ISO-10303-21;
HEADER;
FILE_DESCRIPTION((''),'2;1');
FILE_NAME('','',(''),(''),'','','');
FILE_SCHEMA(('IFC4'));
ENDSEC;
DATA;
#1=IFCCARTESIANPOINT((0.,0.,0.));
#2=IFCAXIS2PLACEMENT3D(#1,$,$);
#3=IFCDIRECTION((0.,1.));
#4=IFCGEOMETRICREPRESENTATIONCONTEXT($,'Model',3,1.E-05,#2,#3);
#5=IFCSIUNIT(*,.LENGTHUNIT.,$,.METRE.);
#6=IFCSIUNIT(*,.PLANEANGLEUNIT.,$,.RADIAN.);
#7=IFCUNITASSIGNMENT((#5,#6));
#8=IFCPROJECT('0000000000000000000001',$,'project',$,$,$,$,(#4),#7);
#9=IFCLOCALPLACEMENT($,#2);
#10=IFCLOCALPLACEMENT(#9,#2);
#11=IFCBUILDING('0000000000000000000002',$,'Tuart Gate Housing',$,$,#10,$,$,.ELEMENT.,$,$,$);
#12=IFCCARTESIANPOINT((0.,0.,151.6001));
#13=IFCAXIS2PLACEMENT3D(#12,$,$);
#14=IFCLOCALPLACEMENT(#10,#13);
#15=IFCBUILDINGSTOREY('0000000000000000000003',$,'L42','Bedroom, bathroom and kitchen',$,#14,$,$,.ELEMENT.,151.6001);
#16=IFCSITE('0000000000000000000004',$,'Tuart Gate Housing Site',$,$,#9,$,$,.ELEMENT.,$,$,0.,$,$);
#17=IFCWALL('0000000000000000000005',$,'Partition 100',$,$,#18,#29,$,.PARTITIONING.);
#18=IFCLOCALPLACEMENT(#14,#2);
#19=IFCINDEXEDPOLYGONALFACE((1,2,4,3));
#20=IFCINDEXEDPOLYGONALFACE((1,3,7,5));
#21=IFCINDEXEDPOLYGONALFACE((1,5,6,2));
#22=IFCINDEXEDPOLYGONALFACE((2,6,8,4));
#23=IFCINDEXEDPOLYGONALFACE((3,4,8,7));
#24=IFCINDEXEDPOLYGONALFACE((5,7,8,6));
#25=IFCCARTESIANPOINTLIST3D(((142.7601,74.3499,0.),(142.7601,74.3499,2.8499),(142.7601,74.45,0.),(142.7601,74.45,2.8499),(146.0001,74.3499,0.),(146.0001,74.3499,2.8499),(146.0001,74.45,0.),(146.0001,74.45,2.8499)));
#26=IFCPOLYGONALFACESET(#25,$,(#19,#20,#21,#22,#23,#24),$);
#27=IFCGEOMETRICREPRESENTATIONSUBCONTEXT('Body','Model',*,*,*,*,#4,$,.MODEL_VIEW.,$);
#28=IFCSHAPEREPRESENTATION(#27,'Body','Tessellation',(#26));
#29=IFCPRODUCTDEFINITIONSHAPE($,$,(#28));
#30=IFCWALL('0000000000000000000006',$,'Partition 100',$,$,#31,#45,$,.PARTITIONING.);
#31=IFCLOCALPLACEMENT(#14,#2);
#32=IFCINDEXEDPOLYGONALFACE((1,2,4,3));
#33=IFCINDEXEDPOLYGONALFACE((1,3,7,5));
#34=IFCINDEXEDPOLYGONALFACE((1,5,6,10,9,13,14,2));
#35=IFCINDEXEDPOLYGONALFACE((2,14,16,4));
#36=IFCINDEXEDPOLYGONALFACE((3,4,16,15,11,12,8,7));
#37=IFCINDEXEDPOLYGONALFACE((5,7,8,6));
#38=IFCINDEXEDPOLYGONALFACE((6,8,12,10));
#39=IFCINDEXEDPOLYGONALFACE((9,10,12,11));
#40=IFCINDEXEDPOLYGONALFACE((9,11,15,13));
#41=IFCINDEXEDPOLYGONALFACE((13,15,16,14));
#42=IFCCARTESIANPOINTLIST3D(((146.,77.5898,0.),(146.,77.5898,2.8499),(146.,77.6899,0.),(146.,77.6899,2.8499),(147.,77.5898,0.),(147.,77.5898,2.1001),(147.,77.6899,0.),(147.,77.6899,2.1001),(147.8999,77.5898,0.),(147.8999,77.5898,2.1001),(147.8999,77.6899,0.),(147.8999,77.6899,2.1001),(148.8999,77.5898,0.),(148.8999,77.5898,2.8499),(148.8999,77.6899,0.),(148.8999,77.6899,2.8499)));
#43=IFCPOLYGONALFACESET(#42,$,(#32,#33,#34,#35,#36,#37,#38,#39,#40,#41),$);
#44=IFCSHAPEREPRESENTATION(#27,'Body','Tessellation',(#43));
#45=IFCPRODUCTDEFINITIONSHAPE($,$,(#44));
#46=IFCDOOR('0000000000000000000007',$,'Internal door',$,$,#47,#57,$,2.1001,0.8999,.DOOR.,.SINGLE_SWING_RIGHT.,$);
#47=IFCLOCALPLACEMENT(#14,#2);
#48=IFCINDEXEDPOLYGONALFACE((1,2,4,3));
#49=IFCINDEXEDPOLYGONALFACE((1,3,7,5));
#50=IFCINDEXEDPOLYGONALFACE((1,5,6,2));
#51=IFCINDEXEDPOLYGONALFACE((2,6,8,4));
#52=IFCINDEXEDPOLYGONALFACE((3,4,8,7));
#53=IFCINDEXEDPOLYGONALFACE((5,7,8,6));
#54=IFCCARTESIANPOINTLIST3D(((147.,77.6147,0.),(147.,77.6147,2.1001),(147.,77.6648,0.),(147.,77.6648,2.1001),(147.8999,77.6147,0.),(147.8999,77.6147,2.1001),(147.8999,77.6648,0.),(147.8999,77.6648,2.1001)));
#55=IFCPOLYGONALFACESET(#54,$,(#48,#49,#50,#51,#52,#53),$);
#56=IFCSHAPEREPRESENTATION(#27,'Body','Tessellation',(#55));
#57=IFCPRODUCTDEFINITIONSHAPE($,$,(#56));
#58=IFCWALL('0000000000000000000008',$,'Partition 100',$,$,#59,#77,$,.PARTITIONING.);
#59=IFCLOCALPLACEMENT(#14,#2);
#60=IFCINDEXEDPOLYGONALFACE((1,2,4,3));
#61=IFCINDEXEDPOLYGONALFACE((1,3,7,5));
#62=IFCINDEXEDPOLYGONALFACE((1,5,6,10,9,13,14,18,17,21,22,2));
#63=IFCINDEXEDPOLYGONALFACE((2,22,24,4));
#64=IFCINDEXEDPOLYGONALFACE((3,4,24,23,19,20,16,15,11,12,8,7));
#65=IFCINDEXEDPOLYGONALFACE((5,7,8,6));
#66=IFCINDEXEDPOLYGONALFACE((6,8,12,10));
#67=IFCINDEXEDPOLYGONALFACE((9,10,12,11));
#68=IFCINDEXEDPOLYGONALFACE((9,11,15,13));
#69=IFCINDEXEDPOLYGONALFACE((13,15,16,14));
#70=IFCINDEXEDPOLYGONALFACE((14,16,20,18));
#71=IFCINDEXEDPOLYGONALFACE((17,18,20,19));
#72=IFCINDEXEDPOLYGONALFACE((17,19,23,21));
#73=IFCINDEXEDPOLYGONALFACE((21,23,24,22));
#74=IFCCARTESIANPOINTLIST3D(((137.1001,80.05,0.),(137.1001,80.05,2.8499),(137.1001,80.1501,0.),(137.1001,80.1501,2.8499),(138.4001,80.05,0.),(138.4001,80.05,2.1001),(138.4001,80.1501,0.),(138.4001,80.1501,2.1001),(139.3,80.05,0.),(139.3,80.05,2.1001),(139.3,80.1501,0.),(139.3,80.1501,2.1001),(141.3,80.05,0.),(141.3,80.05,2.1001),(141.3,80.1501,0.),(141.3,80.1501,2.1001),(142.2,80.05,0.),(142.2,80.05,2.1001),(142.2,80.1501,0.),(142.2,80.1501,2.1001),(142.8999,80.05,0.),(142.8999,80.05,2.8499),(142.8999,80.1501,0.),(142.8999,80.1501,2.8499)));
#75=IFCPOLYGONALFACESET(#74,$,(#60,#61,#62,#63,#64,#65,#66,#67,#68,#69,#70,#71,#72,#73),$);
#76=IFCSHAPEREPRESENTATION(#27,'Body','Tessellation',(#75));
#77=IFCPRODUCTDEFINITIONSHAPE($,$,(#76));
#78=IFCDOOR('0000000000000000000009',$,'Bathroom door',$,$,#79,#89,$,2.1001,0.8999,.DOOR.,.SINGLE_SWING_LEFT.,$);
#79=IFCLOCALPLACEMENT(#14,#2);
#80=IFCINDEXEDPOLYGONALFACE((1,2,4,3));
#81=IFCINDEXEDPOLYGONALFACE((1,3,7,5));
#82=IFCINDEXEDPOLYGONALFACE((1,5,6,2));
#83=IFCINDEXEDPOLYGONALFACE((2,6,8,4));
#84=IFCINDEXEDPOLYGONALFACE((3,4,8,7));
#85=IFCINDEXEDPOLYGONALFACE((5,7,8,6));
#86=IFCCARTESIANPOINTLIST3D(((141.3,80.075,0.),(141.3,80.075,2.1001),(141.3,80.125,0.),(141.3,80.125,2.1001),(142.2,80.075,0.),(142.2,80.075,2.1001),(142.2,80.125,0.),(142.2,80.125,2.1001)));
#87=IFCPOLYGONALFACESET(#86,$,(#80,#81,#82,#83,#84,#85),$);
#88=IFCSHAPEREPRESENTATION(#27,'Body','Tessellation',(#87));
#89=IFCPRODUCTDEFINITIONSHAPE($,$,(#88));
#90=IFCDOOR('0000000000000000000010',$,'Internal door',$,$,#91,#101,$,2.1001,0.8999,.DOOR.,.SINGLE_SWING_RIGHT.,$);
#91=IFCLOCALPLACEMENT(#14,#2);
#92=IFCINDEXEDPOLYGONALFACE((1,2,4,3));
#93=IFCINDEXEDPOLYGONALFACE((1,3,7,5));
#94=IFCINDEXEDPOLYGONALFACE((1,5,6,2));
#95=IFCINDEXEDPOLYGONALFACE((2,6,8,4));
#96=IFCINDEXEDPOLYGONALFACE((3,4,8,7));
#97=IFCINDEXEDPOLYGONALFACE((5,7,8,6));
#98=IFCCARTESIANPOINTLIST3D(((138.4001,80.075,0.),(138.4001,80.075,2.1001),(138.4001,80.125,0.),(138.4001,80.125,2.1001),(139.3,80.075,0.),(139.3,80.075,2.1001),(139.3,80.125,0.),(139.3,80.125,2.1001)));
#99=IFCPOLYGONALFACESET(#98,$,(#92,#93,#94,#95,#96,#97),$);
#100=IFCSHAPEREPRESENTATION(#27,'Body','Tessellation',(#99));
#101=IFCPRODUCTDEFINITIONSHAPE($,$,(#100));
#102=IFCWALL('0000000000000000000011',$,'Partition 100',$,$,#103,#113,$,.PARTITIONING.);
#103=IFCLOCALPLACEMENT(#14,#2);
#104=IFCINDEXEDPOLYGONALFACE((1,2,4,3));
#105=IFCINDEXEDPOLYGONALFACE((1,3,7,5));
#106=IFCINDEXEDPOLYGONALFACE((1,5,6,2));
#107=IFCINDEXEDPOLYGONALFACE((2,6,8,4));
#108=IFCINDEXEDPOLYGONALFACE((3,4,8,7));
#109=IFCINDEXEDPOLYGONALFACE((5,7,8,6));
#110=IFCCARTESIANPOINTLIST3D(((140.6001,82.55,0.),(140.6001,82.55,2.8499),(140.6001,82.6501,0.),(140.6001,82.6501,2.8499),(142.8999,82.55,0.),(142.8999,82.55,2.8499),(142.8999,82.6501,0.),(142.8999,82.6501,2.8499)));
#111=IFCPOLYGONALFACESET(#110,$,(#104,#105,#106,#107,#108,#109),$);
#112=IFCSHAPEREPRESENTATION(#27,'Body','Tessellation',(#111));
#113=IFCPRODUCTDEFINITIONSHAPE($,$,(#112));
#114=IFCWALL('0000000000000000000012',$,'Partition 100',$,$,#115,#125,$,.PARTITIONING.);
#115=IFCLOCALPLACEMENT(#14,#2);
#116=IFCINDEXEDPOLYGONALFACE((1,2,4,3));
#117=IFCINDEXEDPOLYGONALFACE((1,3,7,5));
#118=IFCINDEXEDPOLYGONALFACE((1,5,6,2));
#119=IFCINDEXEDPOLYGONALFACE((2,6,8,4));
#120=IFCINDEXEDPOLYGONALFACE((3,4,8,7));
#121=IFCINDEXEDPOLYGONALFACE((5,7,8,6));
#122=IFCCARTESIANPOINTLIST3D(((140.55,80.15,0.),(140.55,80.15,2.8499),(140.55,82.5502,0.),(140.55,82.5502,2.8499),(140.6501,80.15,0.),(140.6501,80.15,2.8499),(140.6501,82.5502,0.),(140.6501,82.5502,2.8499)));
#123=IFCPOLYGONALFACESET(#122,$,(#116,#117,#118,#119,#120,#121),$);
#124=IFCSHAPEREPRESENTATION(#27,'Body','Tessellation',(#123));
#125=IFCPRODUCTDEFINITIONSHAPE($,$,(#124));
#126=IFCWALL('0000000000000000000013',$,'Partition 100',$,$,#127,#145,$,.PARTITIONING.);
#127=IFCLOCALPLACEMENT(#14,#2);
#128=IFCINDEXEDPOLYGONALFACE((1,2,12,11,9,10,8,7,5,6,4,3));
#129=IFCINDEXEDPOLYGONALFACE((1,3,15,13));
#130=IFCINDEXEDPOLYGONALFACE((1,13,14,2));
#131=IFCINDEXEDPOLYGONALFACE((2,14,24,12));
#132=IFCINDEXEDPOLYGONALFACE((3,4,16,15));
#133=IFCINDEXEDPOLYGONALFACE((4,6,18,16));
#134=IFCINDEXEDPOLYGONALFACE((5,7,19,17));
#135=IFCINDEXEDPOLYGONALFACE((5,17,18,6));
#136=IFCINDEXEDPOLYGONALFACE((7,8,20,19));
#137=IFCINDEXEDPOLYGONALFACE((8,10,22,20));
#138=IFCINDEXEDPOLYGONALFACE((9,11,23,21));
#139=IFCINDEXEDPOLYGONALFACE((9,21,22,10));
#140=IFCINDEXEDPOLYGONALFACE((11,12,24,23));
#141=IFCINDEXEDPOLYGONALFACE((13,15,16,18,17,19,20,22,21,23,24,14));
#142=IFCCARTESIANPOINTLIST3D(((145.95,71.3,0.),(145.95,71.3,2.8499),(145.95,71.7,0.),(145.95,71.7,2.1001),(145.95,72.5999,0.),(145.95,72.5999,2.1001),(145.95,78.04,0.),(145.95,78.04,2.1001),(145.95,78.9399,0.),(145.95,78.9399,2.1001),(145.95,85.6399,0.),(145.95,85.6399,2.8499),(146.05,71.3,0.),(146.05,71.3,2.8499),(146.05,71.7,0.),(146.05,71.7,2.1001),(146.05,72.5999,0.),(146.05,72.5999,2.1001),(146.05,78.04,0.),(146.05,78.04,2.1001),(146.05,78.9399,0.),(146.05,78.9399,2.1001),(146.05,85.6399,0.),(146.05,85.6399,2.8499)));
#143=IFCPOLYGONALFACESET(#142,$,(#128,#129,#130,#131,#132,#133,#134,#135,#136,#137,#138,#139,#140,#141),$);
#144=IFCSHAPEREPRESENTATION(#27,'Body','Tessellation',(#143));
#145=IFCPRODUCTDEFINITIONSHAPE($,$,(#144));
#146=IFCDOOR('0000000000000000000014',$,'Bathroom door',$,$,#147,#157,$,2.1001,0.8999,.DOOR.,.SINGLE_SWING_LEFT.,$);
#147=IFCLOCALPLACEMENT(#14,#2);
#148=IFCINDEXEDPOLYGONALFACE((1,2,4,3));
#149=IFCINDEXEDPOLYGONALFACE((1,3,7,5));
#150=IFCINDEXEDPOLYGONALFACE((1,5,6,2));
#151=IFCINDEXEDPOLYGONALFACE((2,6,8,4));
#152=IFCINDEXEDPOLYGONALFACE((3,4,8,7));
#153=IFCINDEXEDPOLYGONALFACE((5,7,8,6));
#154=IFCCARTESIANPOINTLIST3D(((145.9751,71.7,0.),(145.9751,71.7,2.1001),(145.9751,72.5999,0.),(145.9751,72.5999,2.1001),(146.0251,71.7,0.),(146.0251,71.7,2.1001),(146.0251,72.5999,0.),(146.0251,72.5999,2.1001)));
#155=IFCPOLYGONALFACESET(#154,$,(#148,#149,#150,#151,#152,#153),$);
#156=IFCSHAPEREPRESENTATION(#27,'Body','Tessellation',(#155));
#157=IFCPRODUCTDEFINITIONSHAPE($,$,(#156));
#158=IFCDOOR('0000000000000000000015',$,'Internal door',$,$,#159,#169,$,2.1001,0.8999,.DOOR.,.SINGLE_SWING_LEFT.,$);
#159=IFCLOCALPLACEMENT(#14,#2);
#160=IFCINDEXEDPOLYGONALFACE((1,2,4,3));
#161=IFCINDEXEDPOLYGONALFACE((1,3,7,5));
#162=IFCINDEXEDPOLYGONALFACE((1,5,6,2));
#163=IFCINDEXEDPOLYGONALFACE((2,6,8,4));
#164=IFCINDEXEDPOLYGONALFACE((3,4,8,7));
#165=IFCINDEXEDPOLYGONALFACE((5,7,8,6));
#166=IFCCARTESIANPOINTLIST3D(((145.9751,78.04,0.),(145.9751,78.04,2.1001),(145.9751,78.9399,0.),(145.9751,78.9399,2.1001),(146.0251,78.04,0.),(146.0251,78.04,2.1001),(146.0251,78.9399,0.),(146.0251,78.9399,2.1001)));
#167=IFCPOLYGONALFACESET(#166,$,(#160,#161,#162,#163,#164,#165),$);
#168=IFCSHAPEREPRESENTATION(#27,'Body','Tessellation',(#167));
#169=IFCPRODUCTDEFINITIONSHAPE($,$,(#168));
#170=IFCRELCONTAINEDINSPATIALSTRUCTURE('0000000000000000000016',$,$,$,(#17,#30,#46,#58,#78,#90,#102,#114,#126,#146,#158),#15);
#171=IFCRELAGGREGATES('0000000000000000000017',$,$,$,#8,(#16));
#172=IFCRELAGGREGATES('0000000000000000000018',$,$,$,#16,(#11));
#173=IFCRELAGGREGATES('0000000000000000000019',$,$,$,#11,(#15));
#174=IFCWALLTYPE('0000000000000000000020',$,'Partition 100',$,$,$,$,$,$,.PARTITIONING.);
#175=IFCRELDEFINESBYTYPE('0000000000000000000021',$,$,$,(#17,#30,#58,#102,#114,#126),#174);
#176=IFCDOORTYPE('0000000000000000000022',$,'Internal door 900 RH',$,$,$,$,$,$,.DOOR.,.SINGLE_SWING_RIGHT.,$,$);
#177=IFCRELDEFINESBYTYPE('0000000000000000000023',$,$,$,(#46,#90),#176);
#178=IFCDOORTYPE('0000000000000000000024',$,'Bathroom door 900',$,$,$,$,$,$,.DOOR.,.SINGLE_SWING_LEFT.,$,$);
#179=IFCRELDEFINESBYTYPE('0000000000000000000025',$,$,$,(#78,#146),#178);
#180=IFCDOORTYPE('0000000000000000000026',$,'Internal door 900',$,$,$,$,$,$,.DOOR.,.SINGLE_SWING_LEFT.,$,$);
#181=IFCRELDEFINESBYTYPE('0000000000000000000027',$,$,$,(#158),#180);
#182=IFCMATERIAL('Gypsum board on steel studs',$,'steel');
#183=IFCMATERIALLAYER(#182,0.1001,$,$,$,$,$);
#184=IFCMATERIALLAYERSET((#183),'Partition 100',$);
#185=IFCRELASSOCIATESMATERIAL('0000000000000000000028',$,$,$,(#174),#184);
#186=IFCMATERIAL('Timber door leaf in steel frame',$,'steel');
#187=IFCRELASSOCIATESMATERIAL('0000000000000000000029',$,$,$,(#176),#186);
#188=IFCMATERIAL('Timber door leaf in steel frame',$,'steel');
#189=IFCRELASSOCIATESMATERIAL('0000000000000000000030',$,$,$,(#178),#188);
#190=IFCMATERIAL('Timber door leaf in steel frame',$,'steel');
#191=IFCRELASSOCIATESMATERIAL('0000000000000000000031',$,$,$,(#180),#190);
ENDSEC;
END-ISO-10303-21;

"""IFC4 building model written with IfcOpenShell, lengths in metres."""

from ifc_helpers import new_model, si_unit, direction, frame, frame_2d, origin, place, context, subcontext, project, spatial, rectangle, extrude, material, layer, layer_set, type_object, element, fill, save


model = new_model("IFC4")

# Units and contexts
model_context = context("Model", 3, precision=1e-05, world=origin(), true_north=direction((0.0, 1.0)))
body_context = subcontext(model_context, "Body", "Model", "MODEL_VIEW")
ifc_project = project(units=[si_unit("LENGTHUNIT", "METRE"), si_unit("PLANEANGLEUNIT", "RADIAN")], contexts=[model_context])

# Site, building, storey
site_placement = place(None, origin())
site = spatial("IfcSite", under=ifc_project, at=site_placement, Name="Tuart Gate Housing Site", CompositionType="ELEMENT", RefElevation=0.0)
building_placement = place(site_placement, origin())
building = spatial("IfcBuilding", under=site, at=building_placement, Name="Tuart Gate Housing", CompositionType="ELEMENT")
storey_placement = place(building_placement, frame((0.0, 0.0, 151.6001)))
storey = spatial("IfcBuildingStorey", under=building, at=storey_placement, Name="L42", Description="Bedroom, bathroom and kitchen", CompositionType="ELEMENT", Elevation=151.6001)

# Wall
ifc_material_1 = material(Name="Gypsum board on steel studs", Category="steel")
ifc_layer_1 = layer(ifc_material_1, 0.1001)
ifc_layer_set_1 = layer_set([ifc_layer_1], Name="Partition 100")
wall_type_1 = type_object("IfcWallType", Name="Partition 100", PredefinedType="PARTITIONING", material=ifc_layer_set_1)
wall_1_placement = place(storey_placement, frame((142.76, 74.3999, 0.0), z_axis=(0.0, 0.0, 1.0), x_axis=(1.0, 0.0, 0.0)))
element("IfcWall", 1, at=wall_1_placement, inside=storey, type_object=wall_type_1, Name="Partition 100", PredefinedType="PARTITIONING", context=body_context, shape_type="SweptSolid", body=[
    extrude(rectangle(XDim=3.24, YDim=0.1001, at=frame_2d((1.6201, 0.0))), origin(), (0.0, 0.0, 1.0), 2.8499),
])

# Wall, opening, door
wall_2_placement = place(storey_placement, frame((146.0, 77.6399, 0.0), z_axis=(0.0, 0.0, 1.0), x_axis=(1.0, 0.0, 0.0)))
wall_2 = element("IfcWall", 2, at=wall_2_placement, inside=storey, type_object=wall_type_1, Name="Partition 100", PredefinedType="PARTITIONING", context=body_context, shape_type="SweptSolid", body=[
    extrude(rectangle(XDim=2.8999, YDim=0.1001, at=frame_2d((1.45, 0.0))), origin(), (0.0, 0.0, 1.0), 2.8499),
])
opening_1_placement = place(wall_2_placement, frame((1.0, 0.0, 0.0)))
opening_1 = element("IfcOpeningElement", 3, at=opening_1_placement, cuts=wall_2, PredefinedType="OPENING", context=body_context, shape_type="SweptSolid", body=[
    extrude(rectangle(XDim=0.8999, YDim=2.1001, at=frame_2d((0.45, 1.05))), frame((0.0, 0.0601, 0.0), z_axis=(0.0, -1.0, 0.0), x_axis=(1.0, 0.0, 0.0)), (0.0, 0.0, 1.0), 0.1201),
])
ifc_material_2 = material(Name="Timber door leaf in steel frame", Category="steel")
door_type_1 = type_object("IfcDoorType", Name="Internal door 900 RH", OperationType="SINGLE_SWING_RIGHT", PredefinedType="DOOR", material=ifc_material_2)
door_1_placement = place(opening_1_placement, frame((0.8999, 0.0, 0.0), z_axis=(0.0, 0.0, 1.0), x_axis=(-1.0, 0.0, 0.0)))
door_1 = element("IfcDoor", 4, at=door_1_placement, inside=storey, type_object=door_type_1, Name="Internal door", OperationType="SINGLE_SWING_RIGHT", OverallHeight=2.1001, OverallWidth=0.8999, PredefinedType="DOOR", context=body_context, shape_type="SweptSolid", body=[
    extrude(rectangle(XDim=0.8999, YDim=2.1001, at=frame_2d((0.45, 1.05))), frame((0.0, 0.0251, 0.0), z_axis=(0.0, -1.0, 0.0), x_axis=(1.0, 0.0, 0.0)), (0.0, 0.0, 1.0), 0.05),
])
fill(opening_1, door_1)

# Wall, openings, doors
wall_3_placement = place(storey_placement, frame((137.1001, 80.1001, 0.0), z_axis=(0.0, 0.0, 1.0), x_axis=(1.0, 0.0, 0.0)))
wall_3 = element("IfcWall", 5, at=wall_3_placement, inside=storey, type_object=wall_type_1, Name="Partition 100", PredefinedType="PARTITIONING", context=body_context, shape_type="SweptSolid", body=[
    extrude(rectangle(XDim=5.7998, YDim=0.1001, at=frame_2d((2.8999, 0.0))), origin(), (0.0, 0.0, 1.0), 2.8499),
])
opening_2_placement = place(wall_3_placement, frame((1.3, 0.0, 0.0)))
opening_2 = element("IfcOpeningElement", 6, at=opening_2_placement, cuts=wall_3, PredefinedType="OPENING", context=body_context, shape_type="SweptSolid", body=[
    extrude(rectangle(XDim=0.8999, YDim=2.1001, at=frame_2d((0.45, 1.05))), frame((0.0, 0.0601, 0.0), z_axis=(0.0, -1.0, 0.0), x_axis=(1.0, 0.0, 0.0)), (0.0, 0.0, 1.0), 0.1201),
])
opening_3_placement = place(wall_3_placement, frame((4.2, 0.0, 0.0)))
opening_3 = element("IfcOpeningElement", 7, at=opening_3_placement, cuts=wall_3, PredefinedType="OPENING", context=body_context, shape_type="SweptSolid", body=[
    extrude(rectangle(XDim=0.8999, YDim=2.1001, at=frame_2d((0.45, 1.05))), frame((0.0, 0.0601, 0.0), z_axis=(0.0, -1.0, 0.0), x_axis=(1.0, 0.0, 0.0)), (0.0, 0.0, 1.0), 0.1201),
])
ifc_material_3 = material(Name="Timber door leaf in steel frame", Category="steel")
door_type_2 = type_object("IfcDoorType", Name="Bathroom door 900", OperationType="SINGLE_SWING_LEFT", PredefinedType="DOOR", material=ifc_material_3)
door_2_placement = place(opening_3_placement, origin())
door_2 = element("IfcDoor", 8, at=door_2_placement, inside=storey, type_object=door_type_2, Name="Bathroom door", OperationType="SINGLE_SWING_LEFT", OverallHeight=2.1001, OverallWidth=0.8999, PredefinedType="DOOR", context=body_context, shape_type="SweptSolid", body=[
    extrude(rectangle(XDim=0.8999, YDim=2.1001, at=frame_2d((0.45, 1.05))), frame((0.0, 0.0249, 0.0), z_axis=(0.0, -1.0, 0.0), x_axis=(1.0, 0.0, 0.0)), (0.0, 0.0, 1.0), 0.05),
])
fill(opening_3, door_2)
door_3_placement = place(opening_2_placement, frame((0.8999, 0.0, 0.0), z_axis=(0.0, 0.0, 1.0), x_axis=(-1.0, 0.0, 0.0)))
door_3 = element("IfcDoor", 9, at=door_3_placement, inside=storey, type_object=door_type_1, Name="Internal door", OperationType="SINGLE_SWING_RIGHT", OverallHeight=2.1001, OverallWidth=0.8999, PredefinedType="DOOR", context=body_context, shape_type="SweptSolid", body=[
    extrude(rectangle(XDim=0.8999, YDim=2.1001, at=frame_2d((0.45, 1.05))), frame((0.0, 0.0251, 0.0), z_axis=(0.0, -1.0, 0.0), x_axis=(1.0, 0.0, 0.0)), (0.0, 0.0, 1.0), 0.05),
])
fill(opening_2, door_3)

# Walls
wall_4_placement = place(storey_placement, frame((140.6001, 82.6001, 0.0), z_axis=(0.0, 0.0, 1.0), x_axis=(1.0, 0.0, 0.0)))
element("IfcWall", 10, at=wall_4_placement, inside=storey, type_object=wall_type_1, Name="Partition 100", PredefinedType="PARTITIONING", context=body_context, shape_type="SweptSolid", body=[
    extrude(rectangle(XDim=2.2998, YDim=0.1001, at=frame_2d((1.1499, 0.0))), origin(), (0.0, 0.0, 1.0), 2.8499),
])
wall_5_placement = place(storey_placement, frame((140.6001, 80.1499, 0.0), z_axis=(0.0, 0.0, 1.0), x_axis=(0.0, 1.0, 0.0)))
element("IfcWall", 11, at=wall_5_placement, inside=storey, type_object=wall_type_1, Name="Partition 100", PredefinedType="PARTITIONING", context=body_context, shape_type="SweptSolid", body=[
    extrude(rectangle(XDim=2.4001, YDim=0.1001, at=frame_2d((1.2002, 0.0))), origin(), (0.0, 0.0, 1.0), 2.8499),
])

# Wall, openings, doors
wall_6_placement = place(storey_placement, frame((146.0, 71.3, 0.0), z_axis=(0.0, 0.0, 1.0), x_axis=(0.0, 1.0, 0.0)))
wall_6 = element("IfcWall", 12, at=wall_6_placement, inside=storey, type_object=wall_type_1, Name="Partition 100", PredefinedType="PARTITIONING", context=body_context, shape_type="SweptSolid", body=[
    extrude(rectangle(XDim=14.3398, YDim=0.1001, at=frame_2d((7.1699, 0.0))), origin(), (0.0, 0.0, 1.0), 2.8499),
])
opening_4_placement = place(wall_6_placement, frame((6.74, 0.0, 0.0)))
opening_4 = element("IfcOpeningElement", 13, at=opening_4_placement, cuts=wall_6, PredefinedType="OPENING", context=body_context, shape_type="SweptSolid", body=[
    extrude(rectangle(XDim=0.8999, YDim=2.1001, at=frame_2d((0.45, 1.05))), frame((0.0, 0.0601, 0.0), z_axis=(0.0, -1.0, 0.0), x_axis=(1.0, 0.0, 0.0)), (0.0, 0.0, 1.0), 0.1201),
])
opening_5_placement = place(wall_6_placement, frame((0.3999, 0.0, 0.0)))
opening_5 = element("IfcOpeningElement", 14, at=opening_5_placement, cuts=wall_6, PredefinedType="OPENING", context=body_context, shape_type="SweptSolid", body=[
    extrude(rectangle(XDim=0.8999, YDim=2.1001, at=frame_2d((0.45, 1.05))), frame((0.0, 0.0601, 0.0), z_axis=(0.0, -1.0, 0.0), x_axis=(1.0, 0.0, 0.0)), (0.0, 0.0, 1.0), 0.1201),
])
door_4_placement = place(opening_5_placement, origin())
door_4 = element("IfcDoor", 15, at=door_4_placement, inside=storey, type_object=door_type_2, Name="Bathroom door", OperationType="SINGLE_SWING_LEFT", OverallHeight=2.1001, OverallWidth=0.8999, PredefinedType="DOOR", context=body_context, shape_type="SweptSolid", body=[
    extrude(rectangle(XDim=0.8999, YDim=2.1001, at=frame_2d((0.45, 1.05))), frame((0.0, 0.0249, 0.0), z_axis=(0.0, -1.0, 0.0), x_axis=(1.0, 0.0, 0.0)), (0.0, 0.0, 1.0), 0.05),
])
fill(opening_5, door_4)
ifc_material_4 = material(Name="Timber door leaf in steel frame", Category="steel")
door_type_3 = type_object("IfcDoorType", Name="Internal door 900", OperationType="SINGLE_SWING_LEFT", PredefinedType="DOOR", material=ifc_material_4)
door_5_placement = place(opening_4_placement, origin())
door_5 = element("IfcDoor", 16, at=door_5_placement, inside=storey, type_object=door_type_3, Name="Internal door", OperationType="SINGLE_SWING_LEFT", OverallHeight=2.1001, OverallWidth=0.8999, PredefinedType="DOOR", context=body_context, shape_type="SweptSolid", body=[
    extrude(rectangle(XDim=0.8999, YDim=2.1001, at=frame_2d((0.45, 1.05))), frame((0.0, 0.0249, 0.0), z_axis=(0.0, -1.0, 0.0), x_axis=(1.0, 0.0, 0.0)), (0.0, 0.0, 1.0), 0.05),
])
fill(opening_4, door_5)

save(model, "model.ifc")
